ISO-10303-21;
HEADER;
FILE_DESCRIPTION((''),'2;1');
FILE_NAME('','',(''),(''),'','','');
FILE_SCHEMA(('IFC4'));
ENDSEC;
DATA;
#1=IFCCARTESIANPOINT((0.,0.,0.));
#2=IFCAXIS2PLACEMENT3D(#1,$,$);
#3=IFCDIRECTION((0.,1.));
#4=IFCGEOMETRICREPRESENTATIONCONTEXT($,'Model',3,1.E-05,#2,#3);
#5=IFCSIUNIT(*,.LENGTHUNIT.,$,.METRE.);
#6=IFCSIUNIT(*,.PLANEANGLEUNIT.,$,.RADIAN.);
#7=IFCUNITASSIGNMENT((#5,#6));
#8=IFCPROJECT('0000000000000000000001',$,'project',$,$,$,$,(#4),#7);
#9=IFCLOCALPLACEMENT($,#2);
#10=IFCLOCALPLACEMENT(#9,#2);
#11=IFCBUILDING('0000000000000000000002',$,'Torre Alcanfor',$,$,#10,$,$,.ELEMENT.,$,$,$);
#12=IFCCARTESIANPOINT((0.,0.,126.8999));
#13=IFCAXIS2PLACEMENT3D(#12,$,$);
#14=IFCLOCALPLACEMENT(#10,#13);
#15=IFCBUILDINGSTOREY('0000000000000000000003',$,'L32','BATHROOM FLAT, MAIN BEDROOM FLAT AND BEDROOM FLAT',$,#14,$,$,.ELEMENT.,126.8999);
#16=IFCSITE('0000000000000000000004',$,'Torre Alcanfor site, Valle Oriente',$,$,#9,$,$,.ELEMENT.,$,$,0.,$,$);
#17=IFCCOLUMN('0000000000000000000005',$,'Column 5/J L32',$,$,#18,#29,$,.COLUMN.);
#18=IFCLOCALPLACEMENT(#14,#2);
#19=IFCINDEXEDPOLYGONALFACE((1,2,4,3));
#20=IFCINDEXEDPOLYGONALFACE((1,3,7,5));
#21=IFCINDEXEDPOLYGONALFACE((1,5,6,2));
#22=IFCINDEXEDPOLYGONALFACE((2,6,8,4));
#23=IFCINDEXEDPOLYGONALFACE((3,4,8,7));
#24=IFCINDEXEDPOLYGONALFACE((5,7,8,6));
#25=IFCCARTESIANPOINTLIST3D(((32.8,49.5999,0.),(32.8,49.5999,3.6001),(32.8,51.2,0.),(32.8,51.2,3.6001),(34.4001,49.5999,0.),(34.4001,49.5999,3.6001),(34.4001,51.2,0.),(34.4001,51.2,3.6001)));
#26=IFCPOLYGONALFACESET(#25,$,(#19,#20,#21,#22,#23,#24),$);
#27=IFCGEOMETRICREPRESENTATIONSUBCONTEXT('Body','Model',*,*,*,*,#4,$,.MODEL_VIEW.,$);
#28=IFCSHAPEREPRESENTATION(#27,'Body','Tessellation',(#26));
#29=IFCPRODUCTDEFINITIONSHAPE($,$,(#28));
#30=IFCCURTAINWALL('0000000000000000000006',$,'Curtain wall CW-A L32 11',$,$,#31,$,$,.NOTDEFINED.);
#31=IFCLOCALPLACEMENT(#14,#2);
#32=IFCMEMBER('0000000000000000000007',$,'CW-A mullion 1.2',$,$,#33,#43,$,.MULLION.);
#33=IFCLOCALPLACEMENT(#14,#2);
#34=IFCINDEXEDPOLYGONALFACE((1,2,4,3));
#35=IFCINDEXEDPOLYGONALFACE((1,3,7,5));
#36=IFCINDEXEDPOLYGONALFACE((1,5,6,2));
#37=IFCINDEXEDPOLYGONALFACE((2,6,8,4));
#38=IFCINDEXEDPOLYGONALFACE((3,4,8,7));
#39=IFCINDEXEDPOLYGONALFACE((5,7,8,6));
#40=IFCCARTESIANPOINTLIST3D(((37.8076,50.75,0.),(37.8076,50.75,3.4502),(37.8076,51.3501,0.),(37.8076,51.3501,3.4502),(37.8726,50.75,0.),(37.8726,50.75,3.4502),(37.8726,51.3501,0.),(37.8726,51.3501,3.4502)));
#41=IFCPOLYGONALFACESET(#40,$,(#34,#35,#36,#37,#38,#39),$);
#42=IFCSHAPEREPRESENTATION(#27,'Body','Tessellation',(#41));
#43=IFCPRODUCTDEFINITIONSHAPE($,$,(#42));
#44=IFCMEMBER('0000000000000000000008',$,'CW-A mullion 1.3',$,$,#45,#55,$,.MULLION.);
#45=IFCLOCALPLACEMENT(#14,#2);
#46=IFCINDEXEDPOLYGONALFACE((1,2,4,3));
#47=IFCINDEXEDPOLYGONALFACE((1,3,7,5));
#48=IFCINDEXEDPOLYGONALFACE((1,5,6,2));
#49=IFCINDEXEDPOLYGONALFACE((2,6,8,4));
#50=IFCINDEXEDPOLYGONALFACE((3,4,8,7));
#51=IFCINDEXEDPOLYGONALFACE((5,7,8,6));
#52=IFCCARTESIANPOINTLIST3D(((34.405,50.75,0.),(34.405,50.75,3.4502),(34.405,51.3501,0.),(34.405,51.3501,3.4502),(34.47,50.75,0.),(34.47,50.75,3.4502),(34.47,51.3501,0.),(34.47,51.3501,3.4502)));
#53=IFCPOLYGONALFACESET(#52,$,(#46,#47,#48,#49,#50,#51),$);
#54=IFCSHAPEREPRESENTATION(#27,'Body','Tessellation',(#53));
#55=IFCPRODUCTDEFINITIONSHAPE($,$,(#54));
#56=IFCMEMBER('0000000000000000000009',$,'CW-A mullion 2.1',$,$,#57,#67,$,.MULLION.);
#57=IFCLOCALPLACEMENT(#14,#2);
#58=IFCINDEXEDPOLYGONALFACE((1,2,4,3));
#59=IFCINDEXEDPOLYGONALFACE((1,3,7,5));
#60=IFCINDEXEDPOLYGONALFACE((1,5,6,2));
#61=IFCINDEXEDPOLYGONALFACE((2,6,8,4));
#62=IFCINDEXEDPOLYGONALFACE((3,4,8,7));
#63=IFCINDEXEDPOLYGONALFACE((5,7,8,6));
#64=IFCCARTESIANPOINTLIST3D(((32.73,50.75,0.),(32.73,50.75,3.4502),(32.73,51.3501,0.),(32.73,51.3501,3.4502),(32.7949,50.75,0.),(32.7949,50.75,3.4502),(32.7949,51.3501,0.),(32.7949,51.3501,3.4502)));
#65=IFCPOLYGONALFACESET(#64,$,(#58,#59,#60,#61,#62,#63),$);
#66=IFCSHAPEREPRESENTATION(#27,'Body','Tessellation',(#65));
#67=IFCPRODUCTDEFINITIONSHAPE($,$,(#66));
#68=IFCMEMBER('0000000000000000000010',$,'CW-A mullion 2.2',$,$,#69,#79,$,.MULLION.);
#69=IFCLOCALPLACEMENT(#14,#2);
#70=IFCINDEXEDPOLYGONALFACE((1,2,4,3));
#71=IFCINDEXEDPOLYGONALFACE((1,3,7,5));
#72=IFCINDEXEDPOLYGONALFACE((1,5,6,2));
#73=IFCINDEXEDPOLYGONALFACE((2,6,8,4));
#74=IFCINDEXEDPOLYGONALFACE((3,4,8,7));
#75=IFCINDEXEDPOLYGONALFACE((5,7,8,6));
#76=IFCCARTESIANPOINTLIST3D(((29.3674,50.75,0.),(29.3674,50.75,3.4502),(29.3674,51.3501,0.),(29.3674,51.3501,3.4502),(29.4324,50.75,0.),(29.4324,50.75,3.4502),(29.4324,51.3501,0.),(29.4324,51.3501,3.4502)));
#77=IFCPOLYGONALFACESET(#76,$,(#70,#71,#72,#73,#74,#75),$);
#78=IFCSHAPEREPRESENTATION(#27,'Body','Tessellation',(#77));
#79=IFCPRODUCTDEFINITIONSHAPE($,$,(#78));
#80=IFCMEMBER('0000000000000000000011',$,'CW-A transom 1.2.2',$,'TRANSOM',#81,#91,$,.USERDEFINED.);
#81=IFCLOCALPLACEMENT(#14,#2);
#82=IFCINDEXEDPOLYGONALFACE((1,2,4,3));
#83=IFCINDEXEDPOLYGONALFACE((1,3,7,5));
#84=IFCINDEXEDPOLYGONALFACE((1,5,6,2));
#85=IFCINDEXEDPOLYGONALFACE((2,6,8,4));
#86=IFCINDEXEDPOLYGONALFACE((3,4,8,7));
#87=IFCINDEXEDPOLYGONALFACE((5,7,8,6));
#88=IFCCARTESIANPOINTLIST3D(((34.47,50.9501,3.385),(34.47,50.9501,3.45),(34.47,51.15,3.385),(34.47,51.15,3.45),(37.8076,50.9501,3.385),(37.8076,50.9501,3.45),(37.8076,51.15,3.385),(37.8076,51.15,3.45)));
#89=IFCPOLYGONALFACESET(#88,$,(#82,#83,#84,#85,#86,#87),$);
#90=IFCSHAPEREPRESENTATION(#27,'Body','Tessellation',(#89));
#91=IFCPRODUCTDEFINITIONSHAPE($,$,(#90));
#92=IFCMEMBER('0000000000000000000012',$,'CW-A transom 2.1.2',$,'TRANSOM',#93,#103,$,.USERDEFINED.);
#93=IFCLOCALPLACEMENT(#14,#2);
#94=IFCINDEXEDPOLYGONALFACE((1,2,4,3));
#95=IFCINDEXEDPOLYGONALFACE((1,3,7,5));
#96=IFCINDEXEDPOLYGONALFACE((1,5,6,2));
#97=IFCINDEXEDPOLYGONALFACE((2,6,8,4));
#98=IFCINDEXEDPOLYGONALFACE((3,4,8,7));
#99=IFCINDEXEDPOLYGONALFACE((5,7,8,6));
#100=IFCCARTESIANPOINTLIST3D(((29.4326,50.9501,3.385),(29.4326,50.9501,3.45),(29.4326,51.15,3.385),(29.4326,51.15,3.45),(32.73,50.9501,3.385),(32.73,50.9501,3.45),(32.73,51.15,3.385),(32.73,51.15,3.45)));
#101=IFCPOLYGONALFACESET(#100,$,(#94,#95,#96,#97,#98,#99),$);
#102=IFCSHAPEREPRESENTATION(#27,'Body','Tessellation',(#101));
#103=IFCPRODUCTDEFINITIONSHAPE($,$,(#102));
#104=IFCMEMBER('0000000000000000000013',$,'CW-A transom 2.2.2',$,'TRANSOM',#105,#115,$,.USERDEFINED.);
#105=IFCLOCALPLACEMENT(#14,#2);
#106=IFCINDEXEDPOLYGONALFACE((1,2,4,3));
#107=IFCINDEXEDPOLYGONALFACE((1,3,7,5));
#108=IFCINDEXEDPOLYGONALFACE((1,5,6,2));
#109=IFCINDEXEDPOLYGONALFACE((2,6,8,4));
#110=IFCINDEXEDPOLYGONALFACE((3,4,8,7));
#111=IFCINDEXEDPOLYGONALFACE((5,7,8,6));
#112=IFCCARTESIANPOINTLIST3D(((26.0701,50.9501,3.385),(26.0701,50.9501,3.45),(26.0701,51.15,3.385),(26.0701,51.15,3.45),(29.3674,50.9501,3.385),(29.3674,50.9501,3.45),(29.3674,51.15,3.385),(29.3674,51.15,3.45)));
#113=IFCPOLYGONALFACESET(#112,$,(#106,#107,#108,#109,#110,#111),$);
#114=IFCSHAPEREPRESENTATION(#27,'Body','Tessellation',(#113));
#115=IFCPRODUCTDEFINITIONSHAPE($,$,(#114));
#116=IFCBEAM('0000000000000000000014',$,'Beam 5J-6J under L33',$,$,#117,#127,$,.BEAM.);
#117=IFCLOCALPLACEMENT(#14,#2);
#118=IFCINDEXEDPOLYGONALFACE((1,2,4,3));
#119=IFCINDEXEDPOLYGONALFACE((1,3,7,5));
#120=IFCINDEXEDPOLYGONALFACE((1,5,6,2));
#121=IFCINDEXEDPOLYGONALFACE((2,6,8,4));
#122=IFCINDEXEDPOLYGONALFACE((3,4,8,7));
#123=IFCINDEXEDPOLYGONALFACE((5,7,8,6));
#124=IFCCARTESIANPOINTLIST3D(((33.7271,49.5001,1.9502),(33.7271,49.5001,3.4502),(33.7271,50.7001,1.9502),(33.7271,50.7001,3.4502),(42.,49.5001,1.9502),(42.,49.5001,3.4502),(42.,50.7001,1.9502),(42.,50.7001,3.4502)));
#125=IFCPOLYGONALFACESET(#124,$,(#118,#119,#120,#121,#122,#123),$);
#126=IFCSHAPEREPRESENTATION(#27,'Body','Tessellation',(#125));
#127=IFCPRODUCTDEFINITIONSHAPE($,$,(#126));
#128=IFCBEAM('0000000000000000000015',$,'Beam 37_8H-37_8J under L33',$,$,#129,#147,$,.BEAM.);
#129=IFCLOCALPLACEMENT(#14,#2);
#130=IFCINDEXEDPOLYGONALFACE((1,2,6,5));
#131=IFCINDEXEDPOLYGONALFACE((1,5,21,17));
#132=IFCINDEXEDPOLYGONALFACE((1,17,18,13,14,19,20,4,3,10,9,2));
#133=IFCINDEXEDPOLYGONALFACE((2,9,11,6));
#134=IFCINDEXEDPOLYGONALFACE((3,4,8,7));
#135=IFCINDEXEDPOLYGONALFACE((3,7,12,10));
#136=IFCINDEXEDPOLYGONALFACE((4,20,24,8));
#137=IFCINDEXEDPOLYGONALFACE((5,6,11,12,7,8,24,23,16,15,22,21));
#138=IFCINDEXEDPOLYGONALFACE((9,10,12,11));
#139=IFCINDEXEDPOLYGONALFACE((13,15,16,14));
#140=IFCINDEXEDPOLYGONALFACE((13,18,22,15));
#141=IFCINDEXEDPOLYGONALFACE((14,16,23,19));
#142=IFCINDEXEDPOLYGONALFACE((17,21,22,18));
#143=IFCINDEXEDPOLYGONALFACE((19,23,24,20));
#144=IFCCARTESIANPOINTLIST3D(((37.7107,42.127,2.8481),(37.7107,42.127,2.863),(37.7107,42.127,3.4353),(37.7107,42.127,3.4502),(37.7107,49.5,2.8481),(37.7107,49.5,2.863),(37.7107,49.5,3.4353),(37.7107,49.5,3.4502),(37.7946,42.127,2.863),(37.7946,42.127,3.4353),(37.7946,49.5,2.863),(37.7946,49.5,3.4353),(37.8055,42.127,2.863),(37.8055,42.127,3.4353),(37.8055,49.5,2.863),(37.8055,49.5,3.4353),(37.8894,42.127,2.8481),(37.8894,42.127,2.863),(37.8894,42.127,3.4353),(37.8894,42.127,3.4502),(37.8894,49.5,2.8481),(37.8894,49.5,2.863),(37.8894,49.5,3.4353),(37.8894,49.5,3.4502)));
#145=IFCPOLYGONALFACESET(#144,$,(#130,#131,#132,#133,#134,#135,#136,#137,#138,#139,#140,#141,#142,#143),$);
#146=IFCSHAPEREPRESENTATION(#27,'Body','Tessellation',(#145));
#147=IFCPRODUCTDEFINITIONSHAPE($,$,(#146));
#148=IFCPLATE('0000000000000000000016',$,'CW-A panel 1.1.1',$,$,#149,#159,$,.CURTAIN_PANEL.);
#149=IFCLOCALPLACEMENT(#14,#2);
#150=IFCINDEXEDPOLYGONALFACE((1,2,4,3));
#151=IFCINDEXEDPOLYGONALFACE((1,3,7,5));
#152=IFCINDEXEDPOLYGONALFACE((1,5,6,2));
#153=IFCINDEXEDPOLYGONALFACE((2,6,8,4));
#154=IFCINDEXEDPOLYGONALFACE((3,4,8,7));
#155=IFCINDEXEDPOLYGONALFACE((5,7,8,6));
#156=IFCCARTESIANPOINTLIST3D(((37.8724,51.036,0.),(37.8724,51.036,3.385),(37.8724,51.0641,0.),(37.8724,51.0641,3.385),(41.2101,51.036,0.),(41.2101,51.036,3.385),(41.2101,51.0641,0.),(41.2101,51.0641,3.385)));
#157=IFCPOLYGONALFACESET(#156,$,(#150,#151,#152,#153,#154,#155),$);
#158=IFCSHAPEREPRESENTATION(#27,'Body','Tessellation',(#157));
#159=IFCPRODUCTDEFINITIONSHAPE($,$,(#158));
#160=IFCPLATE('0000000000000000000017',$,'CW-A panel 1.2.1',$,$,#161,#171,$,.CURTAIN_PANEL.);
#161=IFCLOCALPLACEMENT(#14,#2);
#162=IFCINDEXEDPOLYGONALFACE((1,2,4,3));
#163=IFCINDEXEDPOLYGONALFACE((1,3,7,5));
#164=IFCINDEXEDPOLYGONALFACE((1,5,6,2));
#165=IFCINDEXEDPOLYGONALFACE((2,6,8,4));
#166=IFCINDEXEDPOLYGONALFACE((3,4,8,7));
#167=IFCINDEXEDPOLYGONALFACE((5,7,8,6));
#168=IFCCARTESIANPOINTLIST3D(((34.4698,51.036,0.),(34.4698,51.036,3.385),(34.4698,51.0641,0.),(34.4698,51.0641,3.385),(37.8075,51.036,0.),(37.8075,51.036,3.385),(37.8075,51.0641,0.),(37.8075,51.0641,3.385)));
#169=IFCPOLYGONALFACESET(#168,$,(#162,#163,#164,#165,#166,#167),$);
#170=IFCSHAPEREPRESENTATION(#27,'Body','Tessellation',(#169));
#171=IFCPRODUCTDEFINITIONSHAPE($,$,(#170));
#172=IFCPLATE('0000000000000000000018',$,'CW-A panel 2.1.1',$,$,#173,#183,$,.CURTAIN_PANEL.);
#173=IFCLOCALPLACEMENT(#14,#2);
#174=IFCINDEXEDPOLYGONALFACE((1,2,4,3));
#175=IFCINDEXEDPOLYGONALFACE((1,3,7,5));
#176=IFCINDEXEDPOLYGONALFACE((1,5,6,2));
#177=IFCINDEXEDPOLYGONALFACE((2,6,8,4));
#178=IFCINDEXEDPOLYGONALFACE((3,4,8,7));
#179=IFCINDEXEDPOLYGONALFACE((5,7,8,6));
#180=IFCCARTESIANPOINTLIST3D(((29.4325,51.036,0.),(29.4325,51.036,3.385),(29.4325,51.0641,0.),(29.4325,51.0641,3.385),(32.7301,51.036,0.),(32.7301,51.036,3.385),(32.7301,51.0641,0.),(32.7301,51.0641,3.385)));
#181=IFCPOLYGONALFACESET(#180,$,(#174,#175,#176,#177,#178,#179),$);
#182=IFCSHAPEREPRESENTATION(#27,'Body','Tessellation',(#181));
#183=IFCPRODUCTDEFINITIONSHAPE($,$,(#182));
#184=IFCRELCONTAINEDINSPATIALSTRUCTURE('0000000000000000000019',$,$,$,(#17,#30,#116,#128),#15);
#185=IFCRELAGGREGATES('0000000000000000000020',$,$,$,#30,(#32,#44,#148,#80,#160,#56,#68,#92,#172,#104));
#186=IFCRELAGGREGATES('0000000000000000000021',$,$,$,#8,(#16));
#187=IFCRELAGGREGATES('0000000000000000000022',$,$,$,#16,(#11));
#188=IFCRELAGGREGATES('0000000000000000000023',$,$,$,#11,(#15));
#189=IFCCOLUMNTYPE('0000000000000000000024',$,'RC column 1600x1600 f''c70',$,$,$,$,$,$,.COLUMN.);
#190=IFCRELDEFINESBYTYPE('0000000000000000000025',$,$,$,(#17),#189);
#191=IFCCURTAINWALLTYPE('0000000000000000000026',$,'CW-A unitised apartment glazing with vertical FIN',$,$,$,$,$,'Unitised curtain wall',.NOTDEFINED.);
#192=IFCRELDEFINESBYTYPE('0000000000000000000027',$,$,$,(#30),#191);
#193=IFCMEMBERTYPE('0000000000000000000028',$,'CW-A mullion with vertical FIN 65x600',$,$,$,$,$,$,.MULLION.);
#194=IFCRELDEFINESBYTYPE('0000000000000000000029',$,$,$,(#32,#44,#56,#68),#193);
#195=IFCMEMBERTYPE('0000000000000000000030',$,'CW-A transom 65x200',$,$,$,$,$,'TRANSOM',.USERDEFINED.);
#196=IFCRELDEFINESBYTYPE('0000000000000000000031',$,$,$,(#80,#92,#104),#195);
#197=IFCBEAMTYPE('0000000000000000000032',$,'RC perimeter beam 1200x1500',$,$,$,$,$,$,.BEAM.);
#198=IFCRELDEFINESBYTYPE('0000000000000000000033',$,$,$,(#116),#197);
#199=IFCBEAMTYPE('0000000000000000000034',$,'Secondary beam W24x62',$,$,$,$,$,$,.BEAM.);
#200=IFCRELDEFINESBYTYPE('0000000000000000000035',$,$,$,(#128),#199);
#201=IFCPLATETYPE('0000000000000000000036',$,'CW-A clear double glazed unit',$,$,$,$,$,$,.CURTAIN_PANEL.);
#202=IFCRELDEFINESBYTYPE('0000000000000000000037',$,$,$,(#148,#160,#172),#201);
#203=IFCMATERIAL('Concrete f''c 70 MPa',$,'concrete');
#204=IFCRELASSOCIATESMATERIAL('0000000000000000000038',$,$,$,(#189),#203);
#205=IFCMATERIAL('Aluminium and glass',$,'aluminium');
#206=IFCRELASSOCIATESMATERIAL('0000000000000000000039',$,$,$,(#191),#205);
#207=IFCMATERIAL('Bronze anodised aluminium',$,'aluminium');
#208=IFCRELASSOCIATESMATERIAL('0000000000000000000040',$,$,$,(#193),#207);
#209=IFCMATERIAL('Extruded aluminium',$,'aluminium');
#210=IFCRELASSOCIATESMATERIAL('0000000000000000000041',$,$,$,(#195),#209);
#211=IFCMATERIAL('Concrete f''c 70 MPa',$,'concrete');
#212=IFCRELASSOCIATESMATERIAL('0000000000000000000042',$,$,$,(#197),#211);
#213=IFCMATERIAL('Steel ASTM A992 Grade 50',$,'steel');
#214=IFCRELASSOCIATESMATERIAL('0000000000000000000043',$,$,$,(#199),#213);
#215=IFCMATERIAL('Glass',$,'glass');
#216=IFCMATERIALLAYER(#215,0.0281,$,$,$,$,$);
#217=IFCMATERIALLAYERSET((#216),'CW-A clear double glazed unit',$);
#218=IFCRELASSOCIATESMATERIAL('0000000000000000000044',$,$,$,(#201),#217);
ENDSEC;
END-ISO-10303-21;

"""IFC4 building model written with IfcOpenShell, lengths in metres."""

from ifc_helpers import new_model, si_unit, direction, frame, origin, origin_2d, place, context, subcontext, project, spatial, rectangle, i_section, extrude, material, layer, layer_set, material_profile, profile_set, type_object, element, aggregate, save


model = new_model("IFC4")

# Units and contexts
model_context = context("Model", 3, precision=1e-05, world=origin(), true_north=direction((0.0, 1.0)))
body_context = subcontext(model_context, "Body", "Model", "MODEL_VIEW")
ifc_project = project(units=[si_unit("LENGTHUNIT", "METRE"), si_unit("PLANEANGLEUNIT", "RADIAN")], contexts=[model_context])

# Site, building, storey
site_placement = place(None, origin())
site = spatial("IfcSite", under=ifc_project, at=site_placement, Name="Torre Alcanfor site, Valle Oriente", CompositionType="ELEMENT", RefElevation=0.0)
building_placement = place(site_placement, origin())
building = spatial("IfcBuilding", under=site, at=building_placement, Name="Torre Alcanfor", CompositionType="ELEMENT")
storey_placement = place(building_placement, frame((0.0, 0.0, 126.8999)))
storey = spatial("IfcBuildingStorey", under=building, at=storey_placement, Name="L32", Description="BATHROOM FLAT, MAIN BEDROOM FLAT AND BEDROOM FLAT", CompositionType="ELEMENT", Elevation=126.8999)

# Column
ifc_material_1 = material(Name="Concrete f'c 70 MPa", Category="concrete")
ifc_material_profile_1 = material_profile(ifc_material_1, rectangle(XDim=1.6001, YDim=1.6001, at=origin_2d()), Name="1600x1600")
ifc_profile_set_1 = profile_set([ifc_material_profile_1], Name="Concrete f'c 70 MPa")
column_type = type_object("IfcColumnType", Name="RC column 1600x1600 f'c70", PredefinedType="COLUMN", material=ifc_profile_set_1)
column_placement = place(storey_placement, frame((33.6001, 50.3999, 0.0), z_axis=(0.0, 0.0, 1.0), x_axis=(1.0, 0.0, 0.0)))
element("IfcColumn", 1, at=column_placement, inside=storey, type_object=column_type, Name="Column 5/J L32", PredefinedType="COLUMN", context=body_context, shape_type="SweptSolid", body=[
    extrude(rectangle(XDim=1.6001, YDim=1.6001, at=origin_2d()), origin(), (0.0, 0.0, 1.0), 3.6001),
])

# Curtain wall, members
ifc_material_2 = material(Name="Aluminium and glass", Category="aluminium")
curtain_wall_type = type_object("IfcCurtainWallType", Name="CW-A unitised apartment glazing with vertical FIN", ElementType="Unitised curtain wall", PredefinedType="NOTDEFINED", material=ifc_material_2)
curtain_wall_placement = place(storey_placement, origin())
curtain_wall = element("IfcCurtainWall", 2, at=curtain_wall_placement, inside=storey, type_object=curtain_wall_type, Name="Curtain wall CW-A L32 11", PredefinedType="NOTDEFINED")
ifc_material_3 = material(Name="Bronze anodised aluminium", Category="aluminium")
ifc_material_profile_2 = material_profile(ifc_material_3, rectangle(XDim=0.6001, YDim=0.0649, at=origin_2d()), Name="CW-A mullion 65x600")
ifc_profile_set_2 = profile_set([ifc_material_profile_2], Name="Bronze anodised aluminium")
member_type_1 = type_object("IfcMemberType", Name="CW-A mullion with vertical FIN 65x600", PredefinedType="MULLION", material=ifc_profile_set_2)
member_1_placement = place(storey_placement, frame((37.8401, 51.05, 0.0), z_axis=(0.0, 0.0, 1.0), x_axis=(0.0, -1.0, 0.0)))
member_1 = element("IfcMember", 3, at=member_1_placement, type_object=member_type_1, Name="CW-A mullion 1.2", PredefinedType="MULLION", context=body_context, shape_type="SweptSolid", body=[
    extrude(rectangle(XDim=0.6001, YDim=0.0649, at=origin_2d()), origin(), (0.0, 0.0, 1.0), 3.4502),
])
member_2_placement = place(storey_placement, frame((34.4375, 51.05, 0.0), z_axis=(0.0, 0.0, 1.0), x_axis=(0.0, -1.0, 0.0)))
member_2 = element("IfcMember", 4, at=member_2_placement, type_object=member_type_1, Name="CW-A mullion 1.3", PredefinedType="MULLION", context=body_context, shape_type="SweptSolid", body=[
    extrude(rectangle(XDim=0.6001, YDim=0.0649, at=origin_2d()), origin(), (0.0, 0.0, 1.0), 3.4502),
])
member_3_placement = place(storey_placement, frame((32.7625, 51.05, 0.0), z_axis=(0.0, 0.0, 1.0), x_axis=(0.0, -1.0, 0.0)))
member_3 = element("IfcMember", 5, at=member_3_placement, type_object=member_type_1, Name="CW-A mullion 2.1", PredefinedType="MULLION", context=body_context, shape_type="SweptSolid", body=[
    extrude(rectangle(XDim=0.6001, YDim=0.0649, at=origin_2d()), origin(), (0.0, 0.0, 1.0), 3.4502),
])
member_4_placement = place(storey_placement, frame((29.3999, 51.05, 0.0), z_axis=(0.0, 0.0, 1.0), x_axis=(0.0, -1.0, 0.0)))
member_4 = element("IfcMember", 6, at=member_4_placement, type_object=member_type_1, Name="CW-A mullion 2.2", PredefinedType="MULLION", context=body_context, shape_type="SweptSolid", body=[
    extrude(rectangle(XDim=0.6001, YDim=0.0649, at=origin_2d()), origin(), (0.0, 0.0, 1.0), 3.4502),
])
ifc_material_4 = material(Name="Extruded aluminium", Category="aluminium")
ifc_material_profile_3 = material_profile(ifc_material_4, rectangle(XDim=0.2, YDim=0.0649, at=origin_2d()), Name="CW-A transom 200x65")
ifc_profile_set_3 = profile_set([ifc_material_profile_3], Name="Extruded aluminium")
member_type_2 = type_object("IfcMemberType", Name="CW-A transom 65x200", ElementType="TRANSOM", PredefinedType="USERDEFINED", material=ifc_profile_set_3)
member_5_placement = place(storey_placement, frame((37.8076, 51.05, 3.4175), z_axis=(-1.0, 0.0, 0.0), x_axis=(0.0, -1.0, 0.0)))
member_5 = element("IfcMember", 7, at=member_5_placement, type_object=member_type_2, Name="CW-A transom 1.2.2", ObjectType="TRANSOM", PredefinedType="USERDEFINED", context=body_context, shape_type="SweptSolid", body=[
    extrude(rectangle(XDim=0.2, YDim=0.0649, at=origin_2d()), origin(), (0.0, 0.0, 1.0), 3.3376),
])
member_6_placement = place(storey_placement, frame((32.73, 51.05, 3.4175), z_axis=(-1.0, 0.0, 0.0), x_axis=(0.0, -1.0, 0.0)))
member_6 = element("IfcMember", 8, at=member_6_placement, type_object=member_type_2, Name="CW-A transom 2.1.2", ObjectType="TRANSOM", PredefinedType="USERDEFINED", context=body_context, shape_type="SweptSolid", body=[
    extrude(rectangle(XDim=0.2, YDim=0.0649, at=origin_2d()), origin(), (0.0, 0.0, 1.0), 3.2974),
])
member_7_placement = place(storey_placement, frame((29.3674, 51.05, 3.4175), z_axis=(-1.0, 0.0, 0.0), x_axis=(0.0, -1.0, 0.0)))
member_7 = element("IfcMember", 9, at=member_7_placement, type_object=member_type_2, Name="CW-A transom 2.2.2", ObjectType="TRANSOM", PredefinedType="USERDEFINED", context=body_context, shape_type="SweptSolid", body=[
    extrude(rectangle(XDim=0.2, YDim=0.0649, at=origin_2d()), origin(), (0.0, 0.0, 1.0), 3.2974),
])

# Beams
ifc_material_5 = material(Name="Concrete f'c 70 MPa", Category="concrete")
ifc_material_profile_4 = material_profile(ifc_material_5, rectangle(XDim=1.2, YDim=1.5, at=origin_2d()), Name="1200x1500")
ifc_profile_set_4 = profile_set([ifc_material_profile_4], Name="Concrete f'c 70 MPa")
beam_type_1 = type_object("IfcBeamType", Name="RC perimeter beam 1200x1500", PredefinedType="BEAM", material=ifc_profile_set_4)
beam_1_placement = place(storey_placement, frame((33.7271, 50.1001, 2.7002), z_axis=(1.0, 0.0, 0.0), x_axis=(0.0, 1.0, 0.0)))
element("IfcBeam", 10, at=beam_1_placement, inside=storey, type_object=beam_type_1, Name="Beam 5J-6J under L33", PredefinedType="BEAM", context=body_context, shape_type="SweptSolid", body=[
    extrude(rectangle(XDim=1.2, YDim=1.5, at=origin_2d()), origin(), (0.0, 0.0, 1.0), 8.2729),
])
ifc_material_6 = material(Name="Steel ASTM A992 Grade 50", Category="steel")
ifc_material_profile_5 = material_profile(ifc_material_6, i_section(OverallWidth=0.1787, OverallDepth=0.6021, WebThickness=0.011, FlangeThickness=0.0149, at=origin_2d()), Name="W24x62")
ifc_profile_set_5 = profile_set([ifc_material_profile_5], Name="Steel ASTM A992 Grade 50")
beam_type_2 = type_object("IfcBeamType", Name="Secondary beam W24x62", PredefinedType="BEAM", material=ifc_profile_set_5)
beam_2_placement = place(storey_placement, frame((37.8, 42.127, 3.1492), z_axis=(0.0, 1.0, 0.0), x_axis=(-1.0, 0.0, 0.0)))
element("IfcBeam", 11, at=beam_2_placement, inside=storey, type_object=beam_type_2, Name="Beam 37_8H-37_8J under L33", PredefinedType="BEAM", context=body_context, shape_type="SweptSolid", body=[
    extrude(i_section(OverallWidth=0.1787, OverallDepth=0.6021, WebThickness=0.011, FlangeThickness=0.0149, at=origin_2d()), origin(), (0.0, 0.0, 1.0), 7.373),
])

# Plates
ifc_material_7 = material(Name="Glass", Category="glass")
ifc_layer_1 = layer(ifc_material_7, 0.0281)
ifc_layer_set_1 = layer_set([ifc_layer_1], Name="CW-A clear double glazed unit")
plate_type = type_object("IfcPlateType", Name="CW-A clear double glazed unit", PredefinedType="CURTAIN_PANEL", material=ifc_layer_set_1)
plate_1_placement = place(storey_placement, frame((39.5413, 51.05, 0.0), z_axis=(0.0, 0.0, 1.0), x_axis=(-1.0, 0.0, 0.0)))
plate_1 = element("IfcPlate", 12, at=plate_1_placement, type_object=plate_type, Name="CW-A panel 1.1.1", PredefinedType="CURTAIN_PANEL", context=body_context, shape_type="SweptSolid", body=[
    extrude(rectangle(XDim=3.3376, YDim=0.0281, at=origin_2d()), origin(), (0.0, 0.0, 1.0), 3.385),
])
plate_2_placement = place(storey_placement, frame((36.1387, 51.05, 0.0), z_axis=(0.0, 0.0, 1.0), x_axis=(-1.0, 0.0, 0.0)))
plate_2 = element("IfcPlate", 13, at=plate_2_placement, type_object=plate_type, Name="CW-A panel 1.2.1", PredefinedType="CURTAIN_PANEL", context=body_context, shape_type="SweptSolid", body=[
    extrude(rectangle(XDim=3.3376, YDim=0.0281, at=origin_2d()), origin(), (0.0, 0.0, 1.0), 3.385),
])
plate_3_placement = place(storey_placement, frame((31.0813, 51.05, 0.0), z_axis=(0.0, 0.0, 1.0), x_axis=(-1.0, 0.0, 0.0)))
plate_3 = element("IfcPlate", 14, at=plate_3_placement, type_object=plate_type, Name="CW-A panel 2.1.1", PredefinedType="CURTAIN_PANEL", context=body_context, shape_type="SweptSolid", body=[
    extrude(rectangle(XDim=3.2976, YDim=0.0281, at=origin_2d()), origin(), (0.0, 0.0, 1.0), 3.385),
])
aggregate(curtain_wall, [member_1, member_2, plate_1, member_5, plate_2, member_3, member_4, member_6, plate_3, member_7])

save(model, "model.ifc")
